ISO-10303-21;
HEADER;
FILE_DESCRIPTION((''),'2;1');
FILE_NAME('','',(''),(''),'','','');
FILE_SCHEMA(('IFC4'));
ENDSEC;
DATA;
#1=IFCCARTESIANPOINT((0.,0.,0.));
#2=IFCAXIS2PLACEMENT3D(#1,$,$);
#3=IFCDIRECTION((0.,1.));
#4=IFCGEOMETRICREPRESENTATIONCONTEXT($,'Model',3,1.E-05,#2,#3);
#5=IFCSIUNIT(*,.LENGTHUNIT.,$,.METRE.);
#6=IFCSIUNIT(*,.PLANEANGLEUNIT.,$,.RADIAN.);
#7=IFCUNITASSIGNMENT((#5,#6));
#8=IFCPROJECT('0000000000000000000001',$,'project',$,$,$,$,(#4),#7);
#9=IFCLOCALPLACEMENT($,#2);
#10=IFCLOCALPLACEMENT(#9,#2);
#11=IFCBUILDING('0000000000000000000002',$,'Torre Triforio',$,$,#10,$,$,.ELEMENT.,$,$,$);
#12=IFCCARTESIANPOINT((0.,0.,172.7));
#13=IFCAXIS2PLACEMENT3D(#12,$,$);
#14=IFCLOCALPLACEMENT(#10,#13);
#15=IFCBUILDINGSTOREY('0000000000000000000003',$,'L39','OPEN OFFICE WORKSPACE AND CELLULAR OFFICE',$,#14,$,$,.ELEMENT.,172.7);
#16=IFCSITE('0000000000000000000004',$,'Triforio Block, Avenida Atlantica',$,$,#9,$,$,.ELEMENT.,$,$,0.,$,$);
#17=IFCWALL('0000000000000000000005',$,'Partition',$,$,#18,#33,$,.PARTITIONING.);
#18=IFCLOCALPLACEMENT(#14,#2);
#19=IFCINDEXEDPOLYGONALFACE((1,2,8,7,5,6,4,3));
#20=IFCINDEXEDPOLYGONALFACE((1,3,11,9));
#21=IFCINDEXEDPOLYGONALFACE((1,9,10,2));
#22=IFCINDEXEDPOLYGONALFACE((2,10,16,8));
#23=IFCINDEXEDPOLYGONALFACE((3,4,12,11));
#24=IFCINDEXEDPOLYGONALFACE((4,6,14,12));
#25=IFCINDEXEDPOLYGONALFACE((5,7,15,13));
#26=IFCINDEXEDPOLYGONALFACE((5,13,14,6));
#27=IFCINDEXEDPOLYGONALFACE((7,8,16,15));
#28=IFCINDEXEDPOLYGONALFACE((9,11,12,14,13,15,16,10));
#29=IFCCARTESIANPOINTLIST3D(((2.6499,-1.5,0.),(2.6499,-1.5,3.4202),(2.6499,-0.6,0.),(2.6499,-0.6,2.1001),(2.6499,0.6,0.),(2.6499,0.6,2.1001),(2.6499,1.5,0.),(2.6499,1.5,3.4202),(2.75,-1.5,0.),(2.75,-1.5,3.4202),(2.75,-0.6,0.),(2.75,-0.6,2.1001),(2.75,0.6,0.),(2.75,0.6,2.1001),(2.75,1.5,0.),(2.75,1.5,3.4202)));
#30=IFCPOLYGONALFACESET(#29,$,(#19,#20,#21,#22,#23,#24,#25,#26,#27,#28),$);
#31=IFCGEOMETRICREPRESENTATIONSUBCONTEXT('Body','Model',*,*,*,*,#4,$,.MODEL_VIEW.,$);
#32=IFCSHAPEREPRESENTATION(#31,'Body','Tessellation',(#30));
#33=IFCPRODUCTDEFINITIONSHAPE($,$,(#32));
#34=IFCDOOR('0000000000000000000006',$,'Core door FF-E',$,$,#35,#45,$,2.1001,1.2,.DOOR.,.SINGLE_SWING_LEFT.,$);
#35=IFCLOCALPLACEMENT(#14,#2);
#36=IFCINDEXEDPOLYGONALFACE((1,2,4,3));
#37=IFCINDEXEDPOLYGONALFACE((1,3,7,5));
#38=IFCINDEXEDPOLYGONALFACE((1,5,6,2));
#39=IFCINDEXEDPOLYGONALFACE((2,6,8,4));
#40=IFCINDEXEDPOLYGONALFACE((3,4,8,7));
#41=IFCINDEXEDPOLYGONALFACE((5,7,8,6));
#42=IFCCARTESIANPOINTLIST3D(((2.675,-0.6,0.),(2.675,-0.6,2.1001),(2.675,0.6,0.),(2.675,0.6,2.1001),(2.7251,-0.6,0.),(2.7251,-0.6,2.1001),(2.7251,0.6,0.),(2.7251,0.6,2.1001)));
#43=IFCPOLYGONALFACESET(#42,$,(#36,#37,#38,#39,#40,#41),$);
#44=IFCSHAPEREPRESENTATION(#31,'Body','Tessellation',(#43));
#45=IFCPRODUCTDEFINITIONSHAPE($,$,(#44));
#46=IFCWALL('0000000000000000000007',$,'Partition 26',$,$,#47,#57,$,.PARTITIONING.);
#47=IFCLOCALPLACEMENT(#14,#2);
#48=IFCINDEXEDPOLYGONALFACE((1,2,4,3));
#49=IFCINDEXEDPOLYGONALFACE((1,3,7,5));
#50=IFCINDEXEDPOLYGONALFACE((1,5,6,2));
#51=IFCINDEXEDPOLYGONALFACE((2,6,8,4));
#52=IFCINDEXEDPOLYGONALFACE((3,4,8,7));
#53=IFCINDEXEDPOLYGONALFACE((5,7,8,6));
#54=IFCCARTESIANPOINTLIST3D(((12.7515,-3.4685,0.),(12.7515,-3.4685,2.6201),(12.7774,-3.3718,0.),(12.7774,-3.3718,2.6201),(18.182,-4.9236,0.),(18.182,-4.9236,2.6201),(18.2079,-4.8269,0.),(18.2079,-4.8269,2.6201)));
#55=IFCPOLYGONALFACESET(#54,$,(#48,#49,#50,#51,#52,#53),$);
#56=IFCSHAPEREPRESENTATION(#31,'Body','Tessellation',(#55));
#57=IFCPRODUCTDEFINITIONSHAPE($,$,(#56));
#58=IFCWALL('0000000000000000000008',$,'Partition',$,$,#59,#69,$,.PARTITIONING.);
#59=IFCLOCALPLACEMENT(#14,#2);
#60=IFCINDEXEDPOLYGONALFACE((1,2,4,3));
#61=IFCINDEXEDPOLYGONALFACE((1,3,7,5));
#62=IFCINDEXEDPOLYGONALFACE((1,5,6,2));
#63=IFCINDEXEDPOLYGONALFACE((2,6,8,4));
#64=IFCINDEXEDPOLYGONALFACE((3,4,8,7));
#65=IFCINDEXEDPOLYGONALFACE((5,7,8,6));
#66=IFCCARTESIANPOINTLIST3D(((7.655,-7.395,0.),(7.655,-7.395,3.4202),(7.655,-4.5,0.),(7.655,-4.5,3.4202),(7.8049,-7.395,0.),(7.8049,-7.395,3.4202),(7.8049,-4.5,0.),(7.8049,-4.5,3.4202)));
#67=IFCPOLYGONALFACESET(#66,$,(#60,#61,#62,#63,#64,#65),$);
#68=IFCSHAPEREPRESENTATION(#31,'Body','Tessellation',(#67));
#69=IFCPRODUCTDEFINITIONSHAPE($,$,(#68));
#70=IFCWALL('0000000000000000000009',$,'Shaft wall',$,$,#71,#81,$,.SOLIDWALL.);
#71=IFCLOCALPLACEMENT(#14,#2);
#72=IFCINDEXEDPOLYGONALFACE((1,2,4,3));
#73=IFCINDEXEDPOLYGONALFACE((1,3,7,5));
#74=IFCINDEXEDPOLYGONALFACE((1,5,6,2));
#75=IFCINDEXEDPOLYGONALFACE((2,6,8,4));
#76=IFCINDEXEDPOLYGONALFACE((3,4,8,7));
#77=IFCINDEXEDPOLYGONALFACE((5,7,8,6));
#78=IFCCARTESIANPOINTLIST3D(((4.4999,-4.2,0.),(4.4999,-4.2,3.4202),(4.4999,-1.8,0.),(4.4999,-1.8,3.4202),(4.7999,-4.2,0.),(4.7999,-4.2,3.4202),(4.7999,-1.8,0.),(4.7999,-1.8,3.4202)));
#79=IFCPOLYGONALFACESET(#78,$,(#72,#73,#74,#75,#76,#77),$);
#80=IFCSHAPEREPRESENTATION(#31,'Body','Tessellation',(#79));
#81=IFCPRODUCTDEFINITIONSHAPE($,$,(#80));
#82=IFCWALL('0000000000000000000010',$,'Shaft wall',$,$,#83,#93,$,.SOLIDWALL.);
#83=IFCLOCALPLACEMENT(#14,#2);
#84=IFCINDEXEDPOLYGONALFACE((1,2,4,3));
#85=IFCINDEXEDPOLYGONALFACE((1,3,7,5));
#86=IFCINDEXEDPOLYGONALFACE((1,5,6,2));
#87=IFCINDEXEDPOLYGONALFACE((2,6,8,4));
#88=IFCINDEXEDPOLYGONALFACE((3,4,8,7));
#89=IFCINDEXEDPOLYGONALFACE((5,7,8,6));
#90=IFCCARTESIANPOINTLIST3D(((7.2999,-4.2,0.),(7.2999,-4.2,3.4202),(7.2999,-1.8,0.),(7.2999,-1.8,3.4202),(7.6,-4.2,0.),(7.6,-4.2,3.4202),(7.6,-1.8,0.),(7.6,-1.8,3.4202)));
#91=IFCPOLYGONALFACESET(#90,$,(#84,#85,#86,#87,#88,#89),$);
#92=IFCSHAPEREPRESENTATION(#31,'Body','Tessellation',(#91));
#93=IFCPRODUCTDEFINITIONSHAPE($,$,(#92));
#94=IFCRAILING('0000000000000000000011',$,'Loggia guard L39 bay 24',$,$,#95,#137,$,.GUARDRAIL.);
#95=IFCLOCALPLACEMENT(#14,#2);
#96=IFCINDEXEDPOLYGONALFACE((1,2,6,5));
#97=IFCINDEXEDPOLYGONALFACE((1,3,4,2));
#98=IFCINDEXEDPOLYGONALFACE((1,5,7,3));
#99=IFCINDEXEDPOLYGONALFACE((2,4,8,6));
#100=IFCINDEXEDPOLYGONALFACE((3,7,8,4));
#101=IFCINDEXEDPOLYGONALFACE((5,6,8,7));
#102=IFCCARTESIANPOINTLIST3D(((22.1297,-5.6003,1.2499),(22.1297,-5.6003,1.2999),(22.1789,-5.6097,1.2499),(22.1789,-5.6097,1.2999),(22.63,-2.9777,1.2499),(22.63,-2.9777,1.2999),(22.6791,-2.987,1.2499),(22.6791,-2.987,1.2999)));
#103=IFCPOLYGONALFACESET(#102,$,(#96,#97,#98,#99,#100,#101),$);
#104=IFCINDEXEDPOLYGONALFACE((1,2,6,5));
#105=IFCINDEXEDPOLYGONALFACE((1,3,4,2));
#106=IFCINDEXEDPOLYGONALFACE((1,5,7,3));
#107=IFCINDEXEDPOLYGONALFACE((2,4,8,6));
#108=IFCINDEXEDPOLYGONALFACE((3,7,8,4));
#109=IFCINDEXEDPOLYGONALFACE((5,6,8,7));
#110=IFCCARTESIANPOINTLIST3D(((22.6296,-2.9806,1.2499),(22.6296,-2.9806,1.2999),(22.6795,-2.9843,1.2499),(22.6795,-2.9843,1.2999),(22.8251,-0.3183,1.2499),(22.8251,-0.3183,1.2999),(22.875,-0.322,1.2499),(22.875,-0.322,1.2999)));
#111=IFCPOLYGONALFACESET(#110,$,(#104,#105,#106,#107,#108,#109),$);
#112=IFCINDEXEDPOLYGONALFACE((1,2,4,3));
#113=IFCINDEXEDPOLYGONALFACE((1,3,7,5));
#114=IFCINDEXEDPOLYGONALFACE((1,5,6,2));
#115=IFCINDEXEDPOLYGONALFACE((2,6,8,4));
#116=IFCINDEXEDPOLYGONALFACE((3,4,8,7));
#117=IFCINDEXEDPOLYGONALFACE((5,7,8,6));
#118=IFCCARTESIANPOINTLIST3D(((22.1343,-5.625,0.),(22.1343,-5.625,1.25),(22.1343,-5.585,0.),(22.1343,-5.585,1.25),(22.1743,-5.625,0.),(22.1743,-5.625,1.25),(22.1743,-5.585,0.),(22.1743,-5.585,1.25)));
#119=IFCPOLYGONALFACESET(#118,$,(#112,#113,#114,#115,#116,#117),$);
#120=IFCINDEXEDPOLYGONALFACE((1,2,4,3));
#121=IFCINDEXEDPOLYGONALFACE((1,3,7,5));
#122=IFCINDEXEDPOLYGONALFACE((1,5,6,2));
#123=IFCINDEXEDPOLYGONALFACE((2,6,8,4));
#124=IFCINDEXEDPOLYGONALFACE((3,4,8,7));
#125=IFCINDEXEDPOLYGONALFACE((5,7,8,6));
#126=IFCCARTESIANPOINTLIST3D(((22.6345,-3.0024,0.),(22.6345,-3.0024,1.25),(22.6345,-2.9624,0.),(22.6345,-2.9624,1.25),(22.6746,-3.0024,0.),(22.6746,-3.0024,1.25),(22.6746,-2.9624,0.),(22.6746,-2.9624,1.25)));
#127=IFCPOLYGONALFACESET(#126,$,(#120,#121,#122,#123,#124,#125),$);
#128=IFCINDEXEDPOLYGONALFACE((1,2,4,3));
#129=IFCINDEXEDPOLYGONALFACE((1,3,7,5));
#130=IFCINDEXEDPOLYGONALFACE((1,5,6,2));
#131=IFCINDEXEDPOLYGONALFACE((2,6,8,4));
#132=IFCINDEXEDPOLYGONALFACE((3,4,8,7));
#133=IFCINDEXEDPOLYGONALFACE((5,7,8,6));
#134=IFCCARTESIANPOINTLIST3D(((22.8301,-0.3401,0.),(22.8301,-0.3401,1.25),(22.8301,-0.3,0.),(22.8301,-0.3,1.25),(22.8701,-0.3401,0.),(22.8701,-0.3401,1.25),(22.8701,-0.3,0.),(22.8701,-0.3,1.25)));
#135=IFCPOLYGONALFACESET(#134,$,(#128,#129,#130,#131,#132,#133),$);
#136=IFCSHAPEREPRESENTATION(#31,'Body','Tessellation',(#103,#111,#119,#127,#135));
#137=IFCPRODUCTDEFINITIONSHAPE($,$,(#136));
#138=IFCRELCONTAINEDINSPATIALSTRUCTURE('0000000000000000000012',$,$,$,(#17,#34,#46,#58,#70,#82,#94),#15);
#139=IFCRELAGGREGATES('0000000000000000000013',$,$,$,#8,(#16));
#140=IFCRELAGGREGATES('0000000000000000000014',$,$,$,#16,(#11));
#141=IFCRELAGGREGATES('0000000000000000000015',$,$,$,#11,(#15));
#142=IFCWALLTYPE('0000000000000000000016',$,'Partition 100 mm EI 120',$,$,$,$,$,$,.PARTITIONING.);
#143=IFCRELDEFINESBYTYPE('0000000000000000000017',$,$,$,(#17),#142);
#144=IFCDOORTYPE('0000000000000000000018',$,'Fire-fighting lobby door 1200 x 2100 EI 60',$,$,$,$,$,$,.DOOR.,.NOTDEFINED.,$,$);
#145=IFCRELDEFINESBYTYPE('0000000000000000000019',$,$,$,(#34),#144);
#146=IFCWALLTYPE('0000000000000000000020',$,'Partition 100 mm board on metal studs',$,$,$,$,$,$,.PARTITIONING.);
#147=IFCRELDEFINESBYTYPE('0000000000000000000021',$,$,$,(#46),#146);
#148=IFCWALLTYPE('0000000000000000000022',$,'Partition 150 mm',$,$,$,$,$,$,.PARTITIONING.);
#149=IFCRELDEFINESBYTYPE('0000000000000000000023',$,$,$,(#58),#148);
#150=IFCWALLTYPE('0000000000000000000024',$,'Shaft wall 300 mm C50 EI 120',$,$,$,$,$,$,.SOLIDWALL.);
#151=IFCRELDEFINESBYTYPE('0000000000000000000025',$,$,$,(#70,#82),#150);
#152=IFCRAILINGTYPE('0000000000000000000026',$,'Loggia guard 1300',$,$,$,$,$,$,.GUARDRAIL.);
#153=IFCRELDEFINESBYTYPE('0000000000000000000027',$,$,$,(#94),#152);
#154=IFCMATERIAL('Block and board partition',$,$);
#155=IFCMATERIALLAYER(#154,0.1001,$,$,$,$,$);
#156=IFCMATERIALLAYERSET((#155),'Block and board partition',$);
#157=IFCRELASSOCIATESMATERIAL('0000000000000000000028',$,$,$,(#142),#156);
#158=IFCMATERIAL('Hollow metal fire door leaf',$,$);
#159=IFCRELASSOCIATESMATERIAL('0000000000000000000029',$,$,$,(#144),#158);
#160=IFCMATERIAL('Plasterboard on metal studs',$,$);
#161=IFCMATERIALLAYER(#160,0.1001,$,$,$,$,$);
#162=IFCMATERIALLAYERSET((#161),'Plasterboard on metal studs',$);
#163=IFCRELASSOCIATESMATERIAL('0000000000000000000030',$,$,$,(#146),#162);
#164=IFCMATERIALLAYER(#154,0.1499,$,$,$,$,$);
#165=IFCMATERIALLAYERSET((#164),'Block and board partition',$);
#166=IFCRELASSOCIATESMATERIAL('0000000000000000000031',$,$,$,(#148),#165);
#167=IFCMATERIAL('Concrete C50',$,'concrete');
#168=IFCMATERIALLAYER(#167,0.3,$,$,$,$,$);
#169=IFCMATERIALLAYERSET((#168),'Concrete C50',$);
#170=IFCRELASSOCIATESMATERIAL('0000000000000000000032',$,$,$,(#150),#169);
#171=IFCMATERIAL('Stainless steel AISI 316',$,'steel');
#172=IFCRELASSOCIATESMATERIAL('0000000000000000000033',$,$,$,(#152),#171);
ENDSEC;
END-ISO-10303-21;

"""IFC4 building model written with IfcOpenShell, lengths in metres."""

from ifc_helpers import new_model, si_unit, direction, frame, frame_2d, origin, origin_2d, place, context, subcontext, project, spatial, rectangle, extrude, material, layer, layer_set, type_object, element, fill, save


model = new_model("IFC4")

# Units and contexts
model_context = context("Model", 3, precision=1e-05, world=origin(), true_north=direction((0.0, 1.0)))
body_context = subcontext(model_context, "Body", "Model", "MODEL_VIEW")
ifc_project = project(units=[si_unit("LENGTHUNIT", "METRE"), si_unit("PLANEANGLEUNIT", "RADIAN")], contexts=[model_context])

# Site, building, storey
site_placement = place(None, origin())
site = spatial("IfcSite", under=ifc_project, at=site_placement, Name="Triforio Block, Avenida Atlantica", CompositionType="ELEMENT", RefElevation=0.0)
building_placement = place(site_placement, origin())
building = spatial("IfcBuilding", under=site, at=building_placement, Name="Torre Triforio", CompositionType="ELEMENT")
storey_placement = place(building_placement, frame((0.0, 0.0, 172.7)))
storey = spatial("IfcBuildingStorey", under=building, at=storey_placement, Name="L39", Description="OPEN OFFICE WORKSPACE AND CELLULAR OFFICE", CompositionType="ELEMENT", Elevation=172.7)

# Shared definitions
ifc_material_1 = material(Name="Concrete C50", Category="concrete")

# Wall, opening, door
ifc_material_2 = material(Name="Hollow metal fire door leaf")
ifc_material_3 = material(Name="Plasterboard on metal studs")
ifc_material_4 = material(Name="Block and board partition")
ifc_layer_1 = layer(ifc_material_4, 0.1001)
ifc_layer_set_1 = layer_set([ifc_layer_1], Name="Block and board partition")
wall_type_1 = type_object("IfcWallType", Name="Partition 100 mm EI 120", PredefinedType="PARTITIONING", material=ifc_layer_set_1)
wall_1_placement = place(storey_placement, frame((2.7, -1.5, 0.0), z_axis=(0.0, 0.0, 1.0), x_axis=(0.0, 1.0, 0.0)))
wall_1 = element("IfcWall", 1, at=wall_1_placement, inside=storey, type_object=wall_type_1, Name="Partition", PredefinedType="PARTITIONING", context=body_context, shape_type="SweptSolid", body=[
    extrude(rectangle(XDim=3.0, YDim=0.1001, at=frame_2d((1.5, 0.0))), origin(), (0.0, 0.0, 1.0), 3.4202),
])
opening_1_placement = place(wall_1_placement, frame((0.8999, 0.0, 0.0)))
opening_1 = element("IfcOpeningElement", 2, at=opening_1_placement, cuts=wall_1, PredefinedType="OPENING", context=body_context, shape_type="SweptSolid", body=[
    extrude(rectangle(XDim=1.2, YDim=2.1001, at=frame_2d((0.6001, 1.05))), frame((0.0, 0.0601, 0.0), z_axis=(0.0, -1.0, 0.0), x_axis=(1.0, 0.0, 0.0)), (0.0, 0.0, 1.0), 0.1201),
])
door_type_1 = type_object("IfcDoorType", Name="Fire-fighting lobby door 1200 x 2100 EI 60", OperationType="NOTDEFINED", PredefinedType="DOOR", material=ifc_material_2)
door_1_placement = place(opening_1_placement, origin())
door_1 = element("IfcDoor", 3, at=door_1_placement, inside=storey, type_object=door_type_1, Name="Core door FF-E", OperationType="SINGLE_SWING_LEFT", OverallHeight=2.1001, OverallWidth=1.2, PredefinedType="DOOR", context=body_context, shape_type="SweptSolid", body=[
    extrude(rectangle(XDim=1.2, YDim=2.1001, at=frame_2d((0.6001, 1.05))), frame((0.0, 0.0249, 0.0), z_axis=(0.0, -1.0, 0.0), x_axis=(1.0, 0.0, 0.0)), (0.0, 0.0, 1.0), 0.05),
])
fill(opening_1, door_1)

# Walls
ifc_layer_2 = layer(ifc_material_3, 0.1001)
ifc_layer_set_2 = layer_set([ifc_layer_2], Name="Plasterboard on metal studs")
wall_type_2 = type_object("IfcWallType", Name="Partition 100 mm board on metal studs", PredefinedType="PARTITIONING", material=ifc_layer_set_2)
wall_2_placement = place(storey_placement, frame((12.7644, -3.4202, 0.0), z_axis=(0.0, 0.0, 1.0), x_axis=(0.965926, -0.258819, 0.0)))
element("IfcWall", 4, at=wall_2_placement, inside=storey, type_object=wall_type_2, Name="Partition 26", PredefinedType="PARTITIONING", context=body_context, shape_type="SweptSolid", body=[
    extrude(rectangle(XDim=5.6221, YDim=0.1001, at=frame_2d((2.811, 0.0))), origin(), (0.0, 0.0, 1.0), 2.6201),
])
ifc_layer_3 = layer(ifc_material_4, 0.1499)
ifc_layer_set_3 = layer_set([ifc_layer_3], Name="Block and board partition")
wall_type_3 = type_object("IfcWallType", Name="Partition 150 mm", PredefinedType="PARTITIONING", material=ifc_layer_set_3)
wall_3_placement = place(storey_placement, frame((7.73, -7.395, 0.0), z_axis=(0.0, 0.0, 1.0), x_axis=(0.0, 1.0, 0.0)))
element("IfcWall", 5, at=wall_3_placement, inside=storey, type_object=wall_type_3, Name="Partition", PredefinedType="PARTITIONING", context=body_context, shape_type="SweptSolid", body=[
    extrude(rectangle(XDim=2.895, YDim=0.1499, at=frame_2d((1.4475, 0.0))), origin(), (0.0, 0.0, 1.0), 3.4202),
])
ifc_layer_4 = layer(ifc_material_1, 0.3)
ifc_layer_set_4 = layer_set([ifc_layer_4], Name="Concrete C50")
wall_type_4 = type_object("IfcWallType", Name="Shaft wall 300 mm C50 EI 120", PredefinedType="SOLIDWALL", material=ifc_layer_set_4)
for number, where, z_axis, x_axis, name in (
    (6, (4.6499, -4.2, 0.0), (0.0, 0.0, 1.0), (0.0, 1.0, 0.0), "Shaft wall"),
    (7, (7.45, -4.2, 0.0), (0.0, 0.0, 1.0), (0.0, 1.0, 0.0), "Shaft wall"),
):
    element("IfcWall", number, at=place(storey_placement, frame(where, z_axis=z_axis, x_axis=x_axis)), inside=storey, type_object=wall_type_4, Name=name, PredefinedType="SOLIDWALL", context=body_context, shape_type="SweptSolid", body=[
        extrude(rectangle(XDim=2.3999, YDim=0.3, at=frame_2d((1.2, 0.0))), origin(), (0.0, 0.0, 1.0), 3.4202),
    ])

# Railing
ifc_material_5 = material(Name="Stainless steel AISI 316", Category="steel")
railing_type = type_object("IfcRailingType", Name="Loggia guard 1300", PredefinedType="GUARDRAIL", material=ifc_material_5)
railing_placement = place(storey_placement, frame((22.1543, -5.605, 0.0)))
element("IfcRailing", 8, at=railing_placement, inside=storey, type_object=railing_type, Name="Loggia guard L39 bay 24", PredefinedType="GUARDRAIL", context=body_context, shape_type="SweptSolid", body=[
    extrude(rectangle(XDim=0.05, YDim=0.05, at=origin_2d()), frame((0.0, 0.0, 1.2749), z_axis=(0.187368, 0.98229, 0.0), x_axis=(-0.98229, 0.187368, 0.0)), (0.0, 0.0, 1.0), 2.6699),
    extrude(rectangle(XDim=0.05, YDim=0.05, at=origin_2d()), frame((0.5002, 2.6226, 1.2749), z_axis=(0.073255, 0.997313, 0.0), x_axis=(-0.997313, 0.073255, 0.0)), (0.0, 0.0, 1.0), 2.6694),
    extrude(rectangle(XDim=0.04, YDim=0.04, at=origin_2d()), origin(), (0.0, 0.0, 1.0), 1.25),
    extrude(rectangle(XDim=0.04, YDim=0.04, at=origin_2d()), frame((0.5002, 2.6226, 0.0)), (0.0, 0.0, 1.0), 1.25),
    extrude(rectangle(XDim=0.04, YDim=0.04, at=origin_2d()), frame((0.6958, 5.2849, 0.0)), (0.0, 0.0, 1.0), 1.25),
])

save(model, "model.ifc")
